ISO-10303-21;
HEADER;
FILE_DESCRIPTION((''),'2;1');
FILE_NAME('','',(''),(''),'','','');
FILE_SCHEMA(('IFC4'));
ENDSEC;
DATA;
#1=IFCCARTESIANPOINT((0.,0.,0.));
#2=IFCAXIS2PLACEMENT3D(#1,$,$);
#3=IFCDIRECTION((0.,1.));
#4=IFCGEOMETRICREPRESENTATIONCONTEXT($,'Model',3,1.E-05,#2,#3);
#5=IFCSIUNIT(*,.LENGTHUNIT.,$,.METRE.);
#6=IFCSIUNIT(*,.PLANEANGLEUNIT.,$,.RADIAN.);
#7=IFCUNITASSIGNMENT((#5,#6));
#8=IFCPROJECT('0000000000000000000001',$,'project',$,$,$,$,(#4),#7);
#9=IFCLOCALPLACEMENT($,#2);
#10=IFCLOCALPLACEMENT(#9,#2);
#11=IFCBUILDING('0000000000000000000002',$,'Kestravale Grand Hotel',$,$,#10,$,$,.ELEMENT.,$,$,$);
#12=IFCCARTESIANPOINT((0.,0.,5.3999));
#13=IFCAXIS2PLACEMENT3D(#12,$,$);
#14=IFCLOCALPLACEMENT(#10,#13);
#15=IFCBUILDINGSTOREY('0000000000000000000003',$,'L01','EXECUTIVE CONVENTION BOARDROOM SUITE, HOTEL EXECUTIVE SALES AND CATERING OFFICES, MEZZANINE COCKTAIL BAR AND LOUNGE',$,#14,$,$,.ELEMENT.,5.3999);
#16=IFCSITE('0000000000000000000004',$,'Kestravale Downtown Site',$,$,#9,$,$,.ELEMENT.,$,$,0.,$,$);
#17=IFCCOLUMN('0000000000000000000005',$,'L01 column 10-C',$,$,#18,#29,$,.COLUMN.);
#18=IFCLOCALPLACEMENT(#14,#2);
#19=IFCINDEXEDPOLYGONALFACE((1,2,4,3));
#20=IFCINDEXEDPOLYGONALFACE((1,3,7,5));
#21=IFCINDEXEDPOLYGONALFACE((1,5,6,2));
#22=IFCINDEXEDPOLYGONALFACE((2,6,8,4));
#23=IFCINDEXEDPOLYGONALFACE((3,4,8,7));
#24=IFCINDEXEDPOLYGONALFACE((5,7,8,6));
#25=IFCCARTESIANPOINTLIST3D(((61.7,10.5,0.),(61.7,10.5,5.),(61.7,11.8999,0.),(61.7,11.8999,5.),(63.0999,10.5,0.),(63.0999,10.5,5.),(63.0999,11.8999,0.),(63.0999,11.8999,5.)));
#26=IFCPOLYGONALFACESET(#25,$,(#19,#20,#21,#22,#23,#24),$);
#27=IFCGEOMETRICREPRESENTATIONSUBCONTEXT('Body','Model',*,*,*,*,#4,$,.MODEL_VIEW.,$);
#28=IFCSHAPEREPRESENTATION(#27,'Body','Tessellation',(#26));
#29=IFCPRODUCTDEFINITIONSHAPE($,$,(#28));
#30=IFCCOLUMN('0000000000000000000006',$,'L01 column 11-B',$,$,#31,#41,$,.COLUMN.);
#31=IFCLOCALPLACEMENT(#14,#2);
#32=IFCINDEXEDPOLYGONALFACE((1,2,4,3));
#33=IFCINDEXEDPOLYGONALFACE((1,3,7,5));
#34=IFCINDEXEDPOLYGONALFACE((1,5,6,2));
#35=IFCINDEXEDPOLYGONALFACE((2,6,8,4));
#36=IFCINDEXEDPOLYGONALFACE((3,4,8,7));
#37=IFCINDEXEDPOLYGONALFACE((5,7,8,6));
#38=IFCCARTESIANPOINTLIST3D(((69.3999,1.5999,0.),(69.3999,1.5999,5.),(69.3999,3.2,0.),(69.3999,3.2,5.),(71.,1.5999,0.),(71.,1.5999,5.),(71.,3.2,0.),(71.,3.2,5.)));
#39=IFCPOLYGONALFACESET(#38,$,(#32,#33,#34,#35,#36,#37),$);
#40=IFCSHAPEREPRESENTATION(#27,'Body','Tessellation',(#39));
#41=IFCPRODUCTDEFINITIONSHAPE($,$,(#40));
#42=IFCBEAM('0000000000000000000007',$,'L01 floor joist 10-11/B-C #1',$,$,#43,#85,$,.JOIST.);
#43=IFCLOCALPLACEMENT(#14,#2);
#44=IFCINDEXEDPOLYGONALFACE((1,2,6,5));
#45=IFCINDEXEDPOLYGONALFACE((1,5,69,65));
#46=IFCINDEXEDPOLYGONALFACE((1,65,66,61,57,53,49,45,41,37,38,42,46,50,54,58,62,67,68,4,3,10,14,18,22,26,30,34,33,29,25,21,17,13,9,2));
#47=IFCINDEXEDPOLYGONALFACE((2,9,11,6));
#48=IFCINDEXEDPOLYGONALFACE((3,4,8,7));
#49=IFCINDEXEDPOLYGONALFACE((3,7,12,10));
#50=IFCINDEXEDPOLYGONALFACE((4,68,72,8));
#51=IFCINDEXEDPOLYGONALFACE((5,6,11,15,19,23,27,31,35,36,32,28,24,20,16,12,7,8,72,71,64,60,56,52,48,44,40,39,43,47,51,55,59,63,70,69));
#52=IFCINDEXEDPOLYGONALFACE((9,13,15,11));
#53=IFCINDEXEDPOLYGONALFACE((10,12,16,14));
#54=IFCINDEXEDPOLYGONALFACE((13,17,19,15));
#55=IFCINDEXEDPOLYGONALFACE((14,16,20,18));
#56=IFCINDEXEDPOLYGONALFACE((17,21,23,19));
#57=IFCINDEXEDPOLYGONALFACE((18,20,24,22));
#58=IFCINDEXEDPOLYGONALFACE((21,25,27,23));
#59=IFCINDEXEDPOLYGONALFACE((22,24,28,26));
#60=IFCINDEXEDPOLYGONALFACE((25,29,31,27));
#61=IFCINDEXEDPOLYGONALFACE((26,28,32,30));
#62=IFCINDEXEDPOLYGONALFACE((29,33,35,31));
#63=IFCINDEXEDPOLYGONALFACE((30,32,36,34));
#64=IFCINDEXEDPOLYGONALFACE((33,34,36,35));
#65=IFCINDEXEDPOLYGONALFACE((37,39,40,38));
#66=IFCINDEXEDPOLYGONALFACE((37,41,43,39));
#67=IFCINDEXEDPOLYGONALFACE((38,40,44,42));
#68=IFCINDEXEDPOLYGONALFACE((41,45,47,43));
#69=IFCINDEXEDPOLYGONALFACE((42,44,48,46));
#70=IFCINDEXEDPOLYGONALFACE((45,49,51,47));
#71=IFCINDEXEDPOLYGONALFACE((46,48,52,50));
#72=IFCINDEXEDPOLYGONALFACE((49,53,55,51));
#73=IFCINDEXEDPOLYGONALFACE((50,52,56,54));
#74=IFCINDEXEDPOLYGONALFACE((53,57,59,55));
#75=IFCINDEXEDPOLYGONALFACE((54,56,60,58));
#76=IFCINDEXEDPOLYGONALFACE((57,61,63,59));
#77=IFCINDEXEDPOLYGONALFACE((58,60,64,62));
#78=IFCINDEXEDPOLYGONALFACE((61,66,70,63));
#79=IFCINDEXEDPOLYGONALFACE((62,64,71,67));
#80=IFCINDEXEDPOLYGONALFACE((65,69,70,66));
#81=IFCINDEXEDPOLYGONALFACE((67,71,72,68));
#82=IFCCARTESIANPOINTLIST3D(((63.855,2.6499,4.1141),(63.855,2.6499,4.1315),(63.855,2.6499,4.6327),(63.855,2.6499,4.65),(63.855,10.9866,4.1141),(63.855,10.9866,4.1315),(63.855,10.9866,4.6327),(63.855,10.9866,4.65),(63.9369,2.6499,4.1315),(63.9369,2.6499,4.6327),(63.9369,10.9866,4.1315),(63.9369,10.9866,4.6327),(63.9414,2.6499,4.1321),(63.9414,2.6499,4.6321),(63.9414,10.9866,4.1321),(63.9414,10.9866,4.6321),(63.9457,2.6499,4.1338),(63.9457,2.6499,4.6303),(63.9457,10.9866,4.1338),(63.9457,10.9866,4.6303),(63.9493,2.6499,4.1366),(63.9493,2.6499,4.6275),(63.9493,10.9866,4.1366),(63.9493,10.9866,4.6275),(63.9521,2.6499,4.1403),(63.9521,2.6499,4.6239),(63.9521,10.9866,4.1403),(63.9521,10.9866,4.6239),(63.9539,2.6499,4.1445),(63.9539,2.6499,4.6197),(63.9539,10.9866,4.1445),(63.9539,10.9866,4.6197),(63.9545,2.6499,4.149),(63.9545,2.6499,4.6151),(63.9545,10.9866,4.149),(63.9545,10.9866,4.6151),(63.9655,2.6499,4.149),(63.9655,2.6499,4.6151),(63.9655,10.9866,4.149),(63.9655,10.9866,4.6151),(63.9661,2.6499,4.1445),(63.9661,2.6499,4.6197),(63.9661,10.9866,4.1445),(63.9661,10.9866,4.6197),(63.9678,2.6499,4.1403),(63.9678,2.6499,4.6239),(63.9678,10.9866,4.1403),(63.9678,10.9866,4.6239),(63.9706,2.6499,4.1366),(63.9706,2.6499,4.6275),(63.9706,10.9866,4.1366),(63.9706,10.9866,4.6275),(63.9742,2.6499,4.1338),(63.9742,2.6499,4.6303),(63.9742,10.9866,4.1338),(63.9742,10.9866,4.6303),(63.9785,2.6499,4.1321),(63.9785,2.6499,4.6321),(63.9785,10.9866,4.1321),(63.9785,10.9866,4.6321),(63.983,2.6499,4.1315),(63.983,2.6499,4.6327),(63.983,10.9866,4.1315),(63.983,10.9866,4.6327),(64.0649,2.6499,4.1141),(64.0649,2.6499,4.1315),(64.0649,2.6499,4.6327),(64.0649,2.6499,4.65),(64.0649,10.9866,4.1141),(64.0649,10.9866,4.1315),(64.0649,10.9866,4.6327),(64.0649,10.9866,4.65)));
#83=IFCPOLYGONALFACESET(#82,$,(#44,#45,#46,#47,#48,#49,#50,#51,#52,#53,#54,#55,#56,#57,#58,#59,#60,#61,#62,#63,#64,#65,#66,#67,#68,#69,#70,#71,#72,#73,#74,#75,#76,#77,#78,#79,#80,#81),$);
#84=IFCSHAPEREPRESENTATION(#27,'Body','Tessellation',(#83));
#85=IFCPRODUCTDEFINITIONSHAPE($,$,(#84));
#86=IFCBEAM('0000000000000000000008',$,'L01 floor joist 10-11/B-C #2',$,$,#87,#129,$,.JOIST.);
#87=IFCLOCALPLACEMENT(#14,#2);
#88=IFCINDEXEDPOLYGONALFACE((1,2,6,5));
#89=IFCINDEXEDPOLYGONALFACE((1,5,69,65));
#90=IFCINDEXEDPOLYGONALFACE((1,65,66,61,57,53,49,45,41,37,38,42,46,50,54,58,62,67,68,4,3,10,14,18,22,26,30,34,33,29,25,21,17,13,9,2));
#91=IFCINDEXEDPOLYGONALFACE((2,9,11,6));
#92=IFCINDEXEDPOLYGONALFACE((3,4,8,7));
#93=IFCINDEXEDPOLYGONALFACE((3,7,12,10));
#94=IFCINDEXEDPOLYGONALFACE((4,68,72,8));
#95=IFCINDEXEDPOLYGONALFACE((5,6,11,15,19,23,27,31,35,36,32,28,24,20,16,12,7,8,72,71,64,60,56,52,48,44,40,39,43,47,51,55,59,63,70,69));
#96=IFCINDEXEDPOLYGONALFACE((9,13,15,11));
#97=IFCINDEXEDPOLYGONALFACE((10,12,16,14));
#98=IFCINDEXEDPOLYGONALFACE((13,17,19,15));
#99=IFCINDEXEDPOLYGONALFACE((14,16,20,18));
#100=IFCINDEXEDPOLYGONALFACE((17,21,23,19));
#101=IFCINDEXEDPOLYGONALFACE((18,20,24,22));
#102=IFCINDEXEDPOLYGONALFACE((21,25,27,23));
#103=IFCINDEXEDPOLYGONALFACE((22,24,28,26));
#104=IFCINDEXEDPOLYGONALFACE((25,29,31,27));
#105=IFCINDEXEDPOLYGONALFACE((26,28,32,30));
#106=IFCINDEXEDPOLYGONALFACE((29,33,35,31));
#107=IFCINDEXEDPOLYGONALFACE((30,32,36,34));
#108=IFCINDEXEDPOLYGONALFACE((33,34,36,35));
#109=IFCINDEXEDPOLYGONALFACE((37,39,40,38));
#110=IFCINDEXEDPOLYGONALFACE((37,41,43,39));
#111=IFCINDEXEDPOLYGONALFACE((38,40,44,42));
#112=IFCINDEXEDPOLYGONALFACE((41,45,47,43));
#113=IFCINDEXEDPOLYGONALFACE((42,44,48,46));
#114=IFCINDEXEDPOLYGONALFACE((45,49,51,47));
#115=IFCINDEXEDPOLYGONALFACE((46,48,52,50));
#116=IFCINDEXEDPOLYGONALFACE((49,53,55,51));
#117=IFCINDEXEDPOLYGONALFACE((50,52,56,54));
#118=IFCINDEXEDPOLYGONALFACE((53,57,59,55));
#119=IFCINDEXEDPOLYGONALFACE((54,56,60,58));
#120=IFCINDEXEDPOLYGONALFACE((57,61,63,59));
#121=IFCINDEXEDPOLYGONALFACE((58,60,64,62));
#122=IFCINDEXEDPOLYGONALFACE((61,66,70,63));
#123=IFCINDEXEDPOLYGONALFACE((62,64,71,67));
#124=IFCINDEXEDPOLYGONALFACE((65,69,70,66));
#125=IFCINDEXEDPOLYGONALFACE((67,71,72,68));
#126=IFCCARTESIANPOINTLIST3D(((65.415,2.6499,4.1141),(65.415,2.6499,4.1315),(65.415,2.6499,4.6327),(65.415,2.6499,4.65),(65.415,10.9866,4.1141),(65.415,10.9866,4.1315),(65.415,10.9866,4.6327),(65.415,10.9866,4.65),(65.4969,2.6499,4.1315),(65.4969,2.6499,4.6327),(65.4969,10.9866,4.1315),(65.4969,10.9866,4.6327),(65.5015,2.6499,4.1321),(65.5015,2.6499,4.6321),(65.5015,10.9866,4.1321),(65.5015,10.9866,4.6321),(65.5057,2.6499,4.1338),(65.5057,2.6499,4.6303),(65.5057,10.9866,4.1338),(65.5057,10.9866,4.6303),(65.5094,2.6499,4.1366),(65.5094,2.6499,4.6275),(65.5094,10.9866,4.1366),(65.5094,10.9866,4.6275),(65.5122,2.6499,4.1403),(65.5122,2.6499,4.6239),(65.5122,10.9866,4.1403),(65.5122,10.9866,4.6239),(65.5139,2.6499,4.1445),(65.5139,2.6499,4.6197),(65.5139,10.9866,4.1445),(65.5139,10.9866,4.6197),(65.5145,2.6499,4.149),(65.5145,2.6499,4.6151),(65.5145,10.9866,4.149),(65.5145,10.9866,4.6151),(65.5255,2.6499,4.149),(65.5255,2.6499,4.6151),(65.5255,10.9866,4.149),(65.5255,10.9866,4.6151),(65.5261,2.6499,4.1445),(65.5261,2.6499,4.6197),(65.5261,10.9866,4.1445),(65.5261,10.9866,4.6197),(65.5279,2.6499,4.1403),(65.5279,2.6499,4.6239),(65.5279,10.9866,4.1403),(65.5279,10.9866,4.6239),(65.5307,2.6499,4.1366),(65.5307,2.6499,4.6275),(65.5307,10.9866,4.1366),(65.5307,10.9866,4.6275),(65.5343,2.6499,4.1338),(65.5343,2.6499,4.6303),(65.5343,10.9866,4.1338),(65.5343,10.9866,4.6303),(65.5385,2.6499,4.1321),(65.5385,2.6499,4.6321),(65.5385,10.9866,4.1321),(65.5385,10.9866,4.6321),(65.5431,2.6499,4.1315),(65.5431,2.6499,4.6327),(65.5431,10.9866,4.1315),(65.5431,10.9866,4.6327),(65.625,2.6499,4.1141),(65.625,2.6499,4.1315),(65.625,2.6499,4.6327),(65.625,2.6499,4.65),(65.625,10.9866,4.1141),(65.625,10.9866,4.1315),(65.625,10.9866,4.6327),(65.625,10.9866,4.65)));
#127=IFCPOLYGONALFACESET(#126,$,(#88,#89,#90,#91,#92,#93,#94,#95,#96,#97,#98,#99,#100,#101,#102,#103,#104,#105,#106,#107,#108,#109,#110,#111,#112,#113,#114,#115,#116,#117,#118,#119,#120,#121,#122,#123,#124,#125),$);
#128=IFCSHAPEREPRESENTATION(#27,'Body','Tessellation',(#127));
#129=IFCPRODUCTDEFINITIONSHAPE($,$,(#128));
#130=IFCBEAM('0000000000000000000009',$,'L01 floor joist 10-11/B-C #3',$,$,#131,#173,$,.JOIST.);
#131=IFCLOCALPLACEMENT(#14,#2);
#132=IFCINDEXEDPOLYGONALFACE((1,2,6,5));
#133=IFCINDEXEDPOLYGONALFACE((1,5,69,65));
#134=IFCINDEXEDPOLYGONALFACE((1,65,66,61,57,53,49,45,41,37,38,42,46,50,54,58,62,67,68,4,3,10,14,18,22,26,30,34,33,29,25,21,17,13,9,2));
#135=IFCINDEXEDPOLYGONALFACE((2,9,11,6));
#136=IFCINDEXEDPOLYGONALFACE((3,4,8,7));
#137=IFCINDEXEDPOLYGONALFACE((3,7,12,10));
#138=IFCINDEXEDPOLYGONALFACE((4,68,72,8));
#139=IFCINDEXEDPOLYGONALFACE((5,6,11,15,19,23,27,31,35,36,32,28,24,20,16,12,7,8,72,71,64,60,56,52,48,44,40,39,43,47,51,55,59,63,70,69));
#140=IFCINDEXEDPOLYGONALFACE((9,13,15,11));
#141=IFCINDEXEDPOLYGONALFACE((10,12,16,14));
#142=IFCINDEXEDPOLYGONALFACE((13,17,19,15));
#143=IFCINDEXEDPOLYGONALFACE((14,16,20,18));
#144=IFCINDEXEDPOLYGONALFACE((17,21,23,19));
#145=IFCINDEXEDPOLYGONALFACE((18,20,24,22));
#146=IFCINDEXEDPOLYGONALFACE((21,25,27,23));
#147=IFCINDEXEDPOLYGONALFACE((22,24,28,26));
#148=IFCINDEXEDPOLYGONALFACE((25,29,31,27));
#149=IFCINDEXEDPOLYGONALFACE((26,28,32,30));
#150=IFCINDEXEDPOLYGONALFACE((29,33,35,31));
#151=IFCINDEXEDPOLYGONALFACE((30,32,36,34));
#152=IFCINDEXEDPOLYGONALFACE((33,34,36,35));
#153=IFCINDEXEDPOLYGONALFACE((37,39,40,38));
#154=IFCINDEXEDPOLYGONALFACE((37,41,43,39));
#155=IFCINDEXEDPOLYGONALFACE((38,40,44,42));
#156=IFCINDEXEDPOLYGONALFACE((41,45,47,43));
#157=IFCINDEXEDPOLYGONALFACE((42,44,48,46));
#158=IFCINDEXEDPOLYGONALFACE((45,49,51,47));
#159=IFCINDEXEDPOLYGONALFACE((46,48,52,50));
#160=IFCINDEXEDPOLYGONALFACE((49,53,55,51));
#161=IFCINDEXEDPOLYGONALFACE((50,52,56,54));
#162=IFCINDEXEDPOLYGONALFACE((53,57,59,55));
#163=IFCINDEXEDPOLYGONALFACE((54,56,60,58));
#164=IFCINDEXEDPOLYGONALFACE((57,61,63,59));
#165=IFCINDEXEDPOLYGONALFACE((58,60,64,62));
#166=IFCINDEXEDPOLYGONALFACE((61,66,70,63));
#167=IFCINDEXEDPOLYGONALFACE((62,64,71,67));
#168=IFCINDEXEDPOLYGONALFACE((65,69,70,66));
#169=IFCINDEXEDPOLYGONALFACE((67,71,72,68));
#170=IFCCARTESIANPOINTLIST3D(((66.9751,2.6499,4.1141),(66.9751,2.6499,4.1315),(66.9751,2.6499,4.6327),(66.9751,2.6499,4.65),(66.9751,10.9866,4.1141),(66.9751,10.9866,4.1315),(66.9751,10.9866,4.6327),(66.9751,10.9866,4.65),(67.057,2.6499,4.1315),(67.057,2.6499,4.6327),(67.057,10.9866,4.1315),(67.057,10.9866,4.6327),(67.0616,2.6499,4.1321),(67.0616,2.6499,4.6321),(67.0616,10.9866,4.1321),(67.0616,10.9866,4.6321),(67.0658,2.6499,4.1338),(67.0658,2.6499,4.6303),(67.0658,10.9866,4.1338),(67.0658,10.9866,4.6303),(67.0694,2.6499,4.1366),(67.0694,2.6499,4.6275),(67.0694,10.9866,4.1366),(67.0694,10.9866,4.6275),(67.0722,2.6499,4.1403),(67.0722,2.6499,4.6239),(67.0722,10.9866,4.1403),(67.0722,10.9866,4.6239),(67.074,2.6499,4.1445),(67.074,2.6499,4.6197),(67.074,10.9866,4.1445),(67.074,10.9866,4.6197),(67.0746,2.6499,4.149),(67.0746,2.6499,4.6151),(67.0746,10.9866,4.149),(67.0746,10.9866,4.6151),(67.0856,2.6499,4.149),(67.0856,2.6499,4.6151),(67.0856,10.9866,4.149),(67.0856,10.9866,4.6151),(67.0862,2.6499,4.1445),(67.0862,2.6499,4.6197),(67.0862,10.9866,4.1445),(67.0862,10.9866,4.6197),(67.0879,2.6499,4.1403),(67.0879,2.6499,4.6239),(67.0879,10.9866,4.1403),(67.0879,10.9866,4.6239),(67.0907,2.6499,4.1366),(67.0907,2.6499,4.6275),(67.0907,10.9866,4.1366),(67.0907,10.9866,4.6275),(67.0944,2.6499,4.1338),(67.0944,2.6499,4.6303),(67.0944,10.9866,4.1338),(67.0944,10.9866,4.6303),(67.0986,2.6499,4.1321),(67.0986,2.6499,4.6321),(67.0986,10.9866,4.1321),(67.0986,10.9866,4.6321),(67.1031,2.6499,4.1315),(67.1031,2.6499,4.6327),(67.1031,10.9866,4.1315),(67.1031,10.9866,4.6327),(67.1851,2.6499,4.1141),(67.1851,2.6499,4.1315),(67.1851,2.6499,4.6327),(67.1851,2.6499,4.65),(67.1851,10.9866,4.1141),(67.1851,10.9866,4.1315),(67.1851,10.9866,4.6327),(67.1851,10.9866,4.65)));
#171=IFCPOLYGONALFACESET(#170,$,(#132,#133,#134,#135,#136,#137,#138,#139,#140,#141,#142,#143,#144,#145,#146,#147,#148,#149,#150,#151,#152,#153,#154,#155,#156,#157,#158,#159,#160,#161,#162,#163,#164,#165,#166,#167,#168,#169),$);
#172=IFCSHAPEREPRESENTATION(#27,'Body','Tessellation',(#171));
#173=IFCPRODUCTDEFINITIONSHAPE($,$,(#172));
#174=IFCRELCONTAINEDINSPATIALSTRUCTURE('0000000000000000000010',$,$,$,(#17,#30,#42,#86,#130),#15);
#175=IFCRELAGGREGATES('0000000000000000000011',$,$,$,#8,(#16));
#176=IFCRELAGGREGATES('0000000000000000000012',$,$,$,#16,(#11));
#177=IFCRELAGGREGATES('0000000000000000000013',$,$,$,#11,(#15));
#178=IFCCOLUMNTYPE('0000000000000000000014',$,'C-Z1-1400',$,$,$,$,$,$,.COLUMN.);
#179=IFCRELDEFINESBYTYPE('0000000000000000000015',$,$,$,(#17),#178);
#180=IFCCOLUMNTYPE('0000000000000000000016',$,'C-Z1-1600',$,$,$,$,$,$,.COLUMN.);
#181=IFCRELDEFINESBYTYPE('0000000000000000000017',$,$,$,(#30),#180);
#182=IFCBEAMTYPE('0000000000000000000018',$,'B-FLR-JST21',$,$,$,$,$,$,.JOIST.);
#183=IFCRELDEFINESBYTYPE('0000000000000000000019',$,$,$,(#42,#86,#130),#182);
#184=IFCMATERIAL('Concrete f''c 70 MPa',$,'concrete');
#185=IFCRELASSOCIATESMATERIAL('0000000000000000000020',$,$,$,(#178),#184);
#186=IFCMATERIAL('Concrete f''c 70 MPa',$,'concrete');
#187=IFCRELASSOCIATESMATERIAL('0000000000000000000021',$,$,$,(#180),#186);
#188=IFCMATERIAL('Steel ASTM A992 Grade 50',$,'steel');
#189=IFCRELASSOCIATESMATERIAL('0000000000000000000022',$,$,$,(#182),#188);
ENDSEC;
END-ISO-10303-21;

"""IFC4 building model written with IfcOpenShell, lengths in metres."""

from ifc_helpers import new_model, si_unit, direction, frame, origin, origin_2d, place, context, subcontext, project, spatial, rectangle, i_section, extrude, material, material_profile, profile_set, type_object, element, save


model = new_model("IFC4")

# Units and contexts
model_context = context("Model", 3, precision=1e-05, world=origin(), true_north=direction((0.0, 1.0)))
body_context = subcontext(model_context, "Body", "Model", "MODEL_VIEW")
ifc_project = project(units=[si_unit("LENGTHUNIT", "METRE"), si_unit("PLANEANGLEUNIT", "RADIAN")], contexts=[model_context])

# Site, building, storey
site_placement = place(None, origin())
site = spatial("IfcSite", under=ifc_project, at=site_placement, Name="Kestravale Downtown Site", CompositionType="ELEMENT", RefElevation=0.0)
building_placement = place(site_placement, origin())
building = spatial("IfcBuilding", under=site, at=building_placement, Name="Kestravale Grand Hotel", CompositionType="ELEMENT")
storey_placement = place(building_placement, frame((0.0, 0.0, 5.3999)))
storey = spatial("IfcBuildingStorey", under=building, at=storey_placement, Name="L01", Description="EXECUTIVE CONVENTION BOARDROOM SUITE, HOTEL EXECUTIVE SALES AND CATERING OFFICES, MEZZANINE COCKTAIL BAR AND LOUNGE", CompositionType="ELEMENT", Elevation=5.3999)

# Columns
ifc_material_1 = material(Name="Concrete f'c 70 MPa", Category="concrete")
ifc_material_profile_1 = material_profile(ifc_material_1, rectangle(XDim=1.3999, YDim=1.3999, at=origin_2d()))
ifc_profile_set_1 = profile_set([ifc_material_profile_1], Name="Concrete f'c 70 MPa")
column_type_1 = type_object("IfcColumnType", Name="C-Z1-1400", PredefinedType="COLUMN", material=ifc_profile_set_1)
column_1_placement = place(storey_placement, frame((62.3999, 11.2, 0.0), z_axis=(0.0, 0.0, 1.0), x_axis=(1.0, 0.0, 0.0)))
element("IfcColumn", 1, at=column_1_placement, inside=storey, type_object=column_type_1, Name="L01 column 10-C", PredefinedType="COLUMN", context=body_context, shape_type="SweptSolid", body=[
    extrude(rectangle(XDim=1.3999, YDim=1.3999, at=origin_2d()), origin(), (0.0, 0.0, 1.0), 5.0),
])
ifc_material_2 = material(Name="Concrete f'c 70 MPa", Category="concrete")
ifc_material_profile_2 = material_profile(ifc_material_2, rectangle(XDim=1.6001, YDim=1.6001, at=origin_2d()))
ifc_profile_set_2 = profile_set([ifc_material_profile_2], Name="Concrete f'c 70 MPa")
column_type_2 = type_object("IfcColumnType", Name="C-Z1-1600", PredefinedType="COLUMN", material=ifc_profile_set_2)
column_2_placement = place(storey_placement, frame((70.2, 2.3999, 0.0), z_axis=(0.0, 0.0, 1.0), x_axis=(1.0, 0.0, 0.0)))
element("IfcColumn", 2, at=column_2_placement, inside=storey, type_object=column_type_2, Name="L01 column 11-B", PredefinedType="COLUMN", context=body_context, shape_type="SweptSolid", body=[
    extrude(rectangle(XDim=1.6001, YDim=1.6001, at=origin_2d()), origin(), (0.0, 0.0, 1.0), 5.0),
])

# Beams
ifc_material_3 = material(Name="Steel ASTM A992 Grade 50", Category="steel")
ifc_material_profile_3 = material_profile(ifc_material_3, i_section(OverallWidth=0.21, OverallDepth=0.5359, WebThickness=0.011, FlangeThickness=0.0173, FilletRadius=0.0176, at=origin_2d()))
ifc_profile_set_3 = profile_set([ifc_material_profile_3], Name="Steel ASTM A992 Grade 50")
beam_type_1 = type_object("IfcBeamType", Name="B-FLR-JST21", PredefinedType="JOIST", material=ifc_profile_set_3)
for number, where, z_axis, x_axis, name in (
    (3, (63.96, 2.6499, 4.3821), (0.0, 1.0, 0.0), (-1.0, 0.0, 0.0), "L01 floor joist 10-11/B-C #1"),
    (4, (65.52, 2.6499, 4.3821), (0.0, 1.0, 0.0), (-1.0, 0.0, 0.0), "L01 floor joist 10-11/B-C #2"),
    (5, (67.0801, 2.6499, 4.3821), (0.0, 1.0, 0.0), (-1.0, 0.0, 0.0), "L01 floor joist 10-11/B-C #3"),
):
    element("IfcBeam", number, at=place(storey_placement, frame(where, z_axis=z_axis, x_axis=x_axis)), inside=storey, type_object=beam_type_1, Name=name, PredefinedType="JOIST", context=body_context, shape_type="SweptSolid", body=[
        extrude(i_section(OverallWidth=0.21, OverallDepth=0.5359, WebThickness=0.011, FlangeThickness=0.0173, FilletRadius=0.0176, at=origin_2d()), origin(), (0.0, 0.0, 1.0), 8.3367),
    ])

save(model, "model.ifc")
